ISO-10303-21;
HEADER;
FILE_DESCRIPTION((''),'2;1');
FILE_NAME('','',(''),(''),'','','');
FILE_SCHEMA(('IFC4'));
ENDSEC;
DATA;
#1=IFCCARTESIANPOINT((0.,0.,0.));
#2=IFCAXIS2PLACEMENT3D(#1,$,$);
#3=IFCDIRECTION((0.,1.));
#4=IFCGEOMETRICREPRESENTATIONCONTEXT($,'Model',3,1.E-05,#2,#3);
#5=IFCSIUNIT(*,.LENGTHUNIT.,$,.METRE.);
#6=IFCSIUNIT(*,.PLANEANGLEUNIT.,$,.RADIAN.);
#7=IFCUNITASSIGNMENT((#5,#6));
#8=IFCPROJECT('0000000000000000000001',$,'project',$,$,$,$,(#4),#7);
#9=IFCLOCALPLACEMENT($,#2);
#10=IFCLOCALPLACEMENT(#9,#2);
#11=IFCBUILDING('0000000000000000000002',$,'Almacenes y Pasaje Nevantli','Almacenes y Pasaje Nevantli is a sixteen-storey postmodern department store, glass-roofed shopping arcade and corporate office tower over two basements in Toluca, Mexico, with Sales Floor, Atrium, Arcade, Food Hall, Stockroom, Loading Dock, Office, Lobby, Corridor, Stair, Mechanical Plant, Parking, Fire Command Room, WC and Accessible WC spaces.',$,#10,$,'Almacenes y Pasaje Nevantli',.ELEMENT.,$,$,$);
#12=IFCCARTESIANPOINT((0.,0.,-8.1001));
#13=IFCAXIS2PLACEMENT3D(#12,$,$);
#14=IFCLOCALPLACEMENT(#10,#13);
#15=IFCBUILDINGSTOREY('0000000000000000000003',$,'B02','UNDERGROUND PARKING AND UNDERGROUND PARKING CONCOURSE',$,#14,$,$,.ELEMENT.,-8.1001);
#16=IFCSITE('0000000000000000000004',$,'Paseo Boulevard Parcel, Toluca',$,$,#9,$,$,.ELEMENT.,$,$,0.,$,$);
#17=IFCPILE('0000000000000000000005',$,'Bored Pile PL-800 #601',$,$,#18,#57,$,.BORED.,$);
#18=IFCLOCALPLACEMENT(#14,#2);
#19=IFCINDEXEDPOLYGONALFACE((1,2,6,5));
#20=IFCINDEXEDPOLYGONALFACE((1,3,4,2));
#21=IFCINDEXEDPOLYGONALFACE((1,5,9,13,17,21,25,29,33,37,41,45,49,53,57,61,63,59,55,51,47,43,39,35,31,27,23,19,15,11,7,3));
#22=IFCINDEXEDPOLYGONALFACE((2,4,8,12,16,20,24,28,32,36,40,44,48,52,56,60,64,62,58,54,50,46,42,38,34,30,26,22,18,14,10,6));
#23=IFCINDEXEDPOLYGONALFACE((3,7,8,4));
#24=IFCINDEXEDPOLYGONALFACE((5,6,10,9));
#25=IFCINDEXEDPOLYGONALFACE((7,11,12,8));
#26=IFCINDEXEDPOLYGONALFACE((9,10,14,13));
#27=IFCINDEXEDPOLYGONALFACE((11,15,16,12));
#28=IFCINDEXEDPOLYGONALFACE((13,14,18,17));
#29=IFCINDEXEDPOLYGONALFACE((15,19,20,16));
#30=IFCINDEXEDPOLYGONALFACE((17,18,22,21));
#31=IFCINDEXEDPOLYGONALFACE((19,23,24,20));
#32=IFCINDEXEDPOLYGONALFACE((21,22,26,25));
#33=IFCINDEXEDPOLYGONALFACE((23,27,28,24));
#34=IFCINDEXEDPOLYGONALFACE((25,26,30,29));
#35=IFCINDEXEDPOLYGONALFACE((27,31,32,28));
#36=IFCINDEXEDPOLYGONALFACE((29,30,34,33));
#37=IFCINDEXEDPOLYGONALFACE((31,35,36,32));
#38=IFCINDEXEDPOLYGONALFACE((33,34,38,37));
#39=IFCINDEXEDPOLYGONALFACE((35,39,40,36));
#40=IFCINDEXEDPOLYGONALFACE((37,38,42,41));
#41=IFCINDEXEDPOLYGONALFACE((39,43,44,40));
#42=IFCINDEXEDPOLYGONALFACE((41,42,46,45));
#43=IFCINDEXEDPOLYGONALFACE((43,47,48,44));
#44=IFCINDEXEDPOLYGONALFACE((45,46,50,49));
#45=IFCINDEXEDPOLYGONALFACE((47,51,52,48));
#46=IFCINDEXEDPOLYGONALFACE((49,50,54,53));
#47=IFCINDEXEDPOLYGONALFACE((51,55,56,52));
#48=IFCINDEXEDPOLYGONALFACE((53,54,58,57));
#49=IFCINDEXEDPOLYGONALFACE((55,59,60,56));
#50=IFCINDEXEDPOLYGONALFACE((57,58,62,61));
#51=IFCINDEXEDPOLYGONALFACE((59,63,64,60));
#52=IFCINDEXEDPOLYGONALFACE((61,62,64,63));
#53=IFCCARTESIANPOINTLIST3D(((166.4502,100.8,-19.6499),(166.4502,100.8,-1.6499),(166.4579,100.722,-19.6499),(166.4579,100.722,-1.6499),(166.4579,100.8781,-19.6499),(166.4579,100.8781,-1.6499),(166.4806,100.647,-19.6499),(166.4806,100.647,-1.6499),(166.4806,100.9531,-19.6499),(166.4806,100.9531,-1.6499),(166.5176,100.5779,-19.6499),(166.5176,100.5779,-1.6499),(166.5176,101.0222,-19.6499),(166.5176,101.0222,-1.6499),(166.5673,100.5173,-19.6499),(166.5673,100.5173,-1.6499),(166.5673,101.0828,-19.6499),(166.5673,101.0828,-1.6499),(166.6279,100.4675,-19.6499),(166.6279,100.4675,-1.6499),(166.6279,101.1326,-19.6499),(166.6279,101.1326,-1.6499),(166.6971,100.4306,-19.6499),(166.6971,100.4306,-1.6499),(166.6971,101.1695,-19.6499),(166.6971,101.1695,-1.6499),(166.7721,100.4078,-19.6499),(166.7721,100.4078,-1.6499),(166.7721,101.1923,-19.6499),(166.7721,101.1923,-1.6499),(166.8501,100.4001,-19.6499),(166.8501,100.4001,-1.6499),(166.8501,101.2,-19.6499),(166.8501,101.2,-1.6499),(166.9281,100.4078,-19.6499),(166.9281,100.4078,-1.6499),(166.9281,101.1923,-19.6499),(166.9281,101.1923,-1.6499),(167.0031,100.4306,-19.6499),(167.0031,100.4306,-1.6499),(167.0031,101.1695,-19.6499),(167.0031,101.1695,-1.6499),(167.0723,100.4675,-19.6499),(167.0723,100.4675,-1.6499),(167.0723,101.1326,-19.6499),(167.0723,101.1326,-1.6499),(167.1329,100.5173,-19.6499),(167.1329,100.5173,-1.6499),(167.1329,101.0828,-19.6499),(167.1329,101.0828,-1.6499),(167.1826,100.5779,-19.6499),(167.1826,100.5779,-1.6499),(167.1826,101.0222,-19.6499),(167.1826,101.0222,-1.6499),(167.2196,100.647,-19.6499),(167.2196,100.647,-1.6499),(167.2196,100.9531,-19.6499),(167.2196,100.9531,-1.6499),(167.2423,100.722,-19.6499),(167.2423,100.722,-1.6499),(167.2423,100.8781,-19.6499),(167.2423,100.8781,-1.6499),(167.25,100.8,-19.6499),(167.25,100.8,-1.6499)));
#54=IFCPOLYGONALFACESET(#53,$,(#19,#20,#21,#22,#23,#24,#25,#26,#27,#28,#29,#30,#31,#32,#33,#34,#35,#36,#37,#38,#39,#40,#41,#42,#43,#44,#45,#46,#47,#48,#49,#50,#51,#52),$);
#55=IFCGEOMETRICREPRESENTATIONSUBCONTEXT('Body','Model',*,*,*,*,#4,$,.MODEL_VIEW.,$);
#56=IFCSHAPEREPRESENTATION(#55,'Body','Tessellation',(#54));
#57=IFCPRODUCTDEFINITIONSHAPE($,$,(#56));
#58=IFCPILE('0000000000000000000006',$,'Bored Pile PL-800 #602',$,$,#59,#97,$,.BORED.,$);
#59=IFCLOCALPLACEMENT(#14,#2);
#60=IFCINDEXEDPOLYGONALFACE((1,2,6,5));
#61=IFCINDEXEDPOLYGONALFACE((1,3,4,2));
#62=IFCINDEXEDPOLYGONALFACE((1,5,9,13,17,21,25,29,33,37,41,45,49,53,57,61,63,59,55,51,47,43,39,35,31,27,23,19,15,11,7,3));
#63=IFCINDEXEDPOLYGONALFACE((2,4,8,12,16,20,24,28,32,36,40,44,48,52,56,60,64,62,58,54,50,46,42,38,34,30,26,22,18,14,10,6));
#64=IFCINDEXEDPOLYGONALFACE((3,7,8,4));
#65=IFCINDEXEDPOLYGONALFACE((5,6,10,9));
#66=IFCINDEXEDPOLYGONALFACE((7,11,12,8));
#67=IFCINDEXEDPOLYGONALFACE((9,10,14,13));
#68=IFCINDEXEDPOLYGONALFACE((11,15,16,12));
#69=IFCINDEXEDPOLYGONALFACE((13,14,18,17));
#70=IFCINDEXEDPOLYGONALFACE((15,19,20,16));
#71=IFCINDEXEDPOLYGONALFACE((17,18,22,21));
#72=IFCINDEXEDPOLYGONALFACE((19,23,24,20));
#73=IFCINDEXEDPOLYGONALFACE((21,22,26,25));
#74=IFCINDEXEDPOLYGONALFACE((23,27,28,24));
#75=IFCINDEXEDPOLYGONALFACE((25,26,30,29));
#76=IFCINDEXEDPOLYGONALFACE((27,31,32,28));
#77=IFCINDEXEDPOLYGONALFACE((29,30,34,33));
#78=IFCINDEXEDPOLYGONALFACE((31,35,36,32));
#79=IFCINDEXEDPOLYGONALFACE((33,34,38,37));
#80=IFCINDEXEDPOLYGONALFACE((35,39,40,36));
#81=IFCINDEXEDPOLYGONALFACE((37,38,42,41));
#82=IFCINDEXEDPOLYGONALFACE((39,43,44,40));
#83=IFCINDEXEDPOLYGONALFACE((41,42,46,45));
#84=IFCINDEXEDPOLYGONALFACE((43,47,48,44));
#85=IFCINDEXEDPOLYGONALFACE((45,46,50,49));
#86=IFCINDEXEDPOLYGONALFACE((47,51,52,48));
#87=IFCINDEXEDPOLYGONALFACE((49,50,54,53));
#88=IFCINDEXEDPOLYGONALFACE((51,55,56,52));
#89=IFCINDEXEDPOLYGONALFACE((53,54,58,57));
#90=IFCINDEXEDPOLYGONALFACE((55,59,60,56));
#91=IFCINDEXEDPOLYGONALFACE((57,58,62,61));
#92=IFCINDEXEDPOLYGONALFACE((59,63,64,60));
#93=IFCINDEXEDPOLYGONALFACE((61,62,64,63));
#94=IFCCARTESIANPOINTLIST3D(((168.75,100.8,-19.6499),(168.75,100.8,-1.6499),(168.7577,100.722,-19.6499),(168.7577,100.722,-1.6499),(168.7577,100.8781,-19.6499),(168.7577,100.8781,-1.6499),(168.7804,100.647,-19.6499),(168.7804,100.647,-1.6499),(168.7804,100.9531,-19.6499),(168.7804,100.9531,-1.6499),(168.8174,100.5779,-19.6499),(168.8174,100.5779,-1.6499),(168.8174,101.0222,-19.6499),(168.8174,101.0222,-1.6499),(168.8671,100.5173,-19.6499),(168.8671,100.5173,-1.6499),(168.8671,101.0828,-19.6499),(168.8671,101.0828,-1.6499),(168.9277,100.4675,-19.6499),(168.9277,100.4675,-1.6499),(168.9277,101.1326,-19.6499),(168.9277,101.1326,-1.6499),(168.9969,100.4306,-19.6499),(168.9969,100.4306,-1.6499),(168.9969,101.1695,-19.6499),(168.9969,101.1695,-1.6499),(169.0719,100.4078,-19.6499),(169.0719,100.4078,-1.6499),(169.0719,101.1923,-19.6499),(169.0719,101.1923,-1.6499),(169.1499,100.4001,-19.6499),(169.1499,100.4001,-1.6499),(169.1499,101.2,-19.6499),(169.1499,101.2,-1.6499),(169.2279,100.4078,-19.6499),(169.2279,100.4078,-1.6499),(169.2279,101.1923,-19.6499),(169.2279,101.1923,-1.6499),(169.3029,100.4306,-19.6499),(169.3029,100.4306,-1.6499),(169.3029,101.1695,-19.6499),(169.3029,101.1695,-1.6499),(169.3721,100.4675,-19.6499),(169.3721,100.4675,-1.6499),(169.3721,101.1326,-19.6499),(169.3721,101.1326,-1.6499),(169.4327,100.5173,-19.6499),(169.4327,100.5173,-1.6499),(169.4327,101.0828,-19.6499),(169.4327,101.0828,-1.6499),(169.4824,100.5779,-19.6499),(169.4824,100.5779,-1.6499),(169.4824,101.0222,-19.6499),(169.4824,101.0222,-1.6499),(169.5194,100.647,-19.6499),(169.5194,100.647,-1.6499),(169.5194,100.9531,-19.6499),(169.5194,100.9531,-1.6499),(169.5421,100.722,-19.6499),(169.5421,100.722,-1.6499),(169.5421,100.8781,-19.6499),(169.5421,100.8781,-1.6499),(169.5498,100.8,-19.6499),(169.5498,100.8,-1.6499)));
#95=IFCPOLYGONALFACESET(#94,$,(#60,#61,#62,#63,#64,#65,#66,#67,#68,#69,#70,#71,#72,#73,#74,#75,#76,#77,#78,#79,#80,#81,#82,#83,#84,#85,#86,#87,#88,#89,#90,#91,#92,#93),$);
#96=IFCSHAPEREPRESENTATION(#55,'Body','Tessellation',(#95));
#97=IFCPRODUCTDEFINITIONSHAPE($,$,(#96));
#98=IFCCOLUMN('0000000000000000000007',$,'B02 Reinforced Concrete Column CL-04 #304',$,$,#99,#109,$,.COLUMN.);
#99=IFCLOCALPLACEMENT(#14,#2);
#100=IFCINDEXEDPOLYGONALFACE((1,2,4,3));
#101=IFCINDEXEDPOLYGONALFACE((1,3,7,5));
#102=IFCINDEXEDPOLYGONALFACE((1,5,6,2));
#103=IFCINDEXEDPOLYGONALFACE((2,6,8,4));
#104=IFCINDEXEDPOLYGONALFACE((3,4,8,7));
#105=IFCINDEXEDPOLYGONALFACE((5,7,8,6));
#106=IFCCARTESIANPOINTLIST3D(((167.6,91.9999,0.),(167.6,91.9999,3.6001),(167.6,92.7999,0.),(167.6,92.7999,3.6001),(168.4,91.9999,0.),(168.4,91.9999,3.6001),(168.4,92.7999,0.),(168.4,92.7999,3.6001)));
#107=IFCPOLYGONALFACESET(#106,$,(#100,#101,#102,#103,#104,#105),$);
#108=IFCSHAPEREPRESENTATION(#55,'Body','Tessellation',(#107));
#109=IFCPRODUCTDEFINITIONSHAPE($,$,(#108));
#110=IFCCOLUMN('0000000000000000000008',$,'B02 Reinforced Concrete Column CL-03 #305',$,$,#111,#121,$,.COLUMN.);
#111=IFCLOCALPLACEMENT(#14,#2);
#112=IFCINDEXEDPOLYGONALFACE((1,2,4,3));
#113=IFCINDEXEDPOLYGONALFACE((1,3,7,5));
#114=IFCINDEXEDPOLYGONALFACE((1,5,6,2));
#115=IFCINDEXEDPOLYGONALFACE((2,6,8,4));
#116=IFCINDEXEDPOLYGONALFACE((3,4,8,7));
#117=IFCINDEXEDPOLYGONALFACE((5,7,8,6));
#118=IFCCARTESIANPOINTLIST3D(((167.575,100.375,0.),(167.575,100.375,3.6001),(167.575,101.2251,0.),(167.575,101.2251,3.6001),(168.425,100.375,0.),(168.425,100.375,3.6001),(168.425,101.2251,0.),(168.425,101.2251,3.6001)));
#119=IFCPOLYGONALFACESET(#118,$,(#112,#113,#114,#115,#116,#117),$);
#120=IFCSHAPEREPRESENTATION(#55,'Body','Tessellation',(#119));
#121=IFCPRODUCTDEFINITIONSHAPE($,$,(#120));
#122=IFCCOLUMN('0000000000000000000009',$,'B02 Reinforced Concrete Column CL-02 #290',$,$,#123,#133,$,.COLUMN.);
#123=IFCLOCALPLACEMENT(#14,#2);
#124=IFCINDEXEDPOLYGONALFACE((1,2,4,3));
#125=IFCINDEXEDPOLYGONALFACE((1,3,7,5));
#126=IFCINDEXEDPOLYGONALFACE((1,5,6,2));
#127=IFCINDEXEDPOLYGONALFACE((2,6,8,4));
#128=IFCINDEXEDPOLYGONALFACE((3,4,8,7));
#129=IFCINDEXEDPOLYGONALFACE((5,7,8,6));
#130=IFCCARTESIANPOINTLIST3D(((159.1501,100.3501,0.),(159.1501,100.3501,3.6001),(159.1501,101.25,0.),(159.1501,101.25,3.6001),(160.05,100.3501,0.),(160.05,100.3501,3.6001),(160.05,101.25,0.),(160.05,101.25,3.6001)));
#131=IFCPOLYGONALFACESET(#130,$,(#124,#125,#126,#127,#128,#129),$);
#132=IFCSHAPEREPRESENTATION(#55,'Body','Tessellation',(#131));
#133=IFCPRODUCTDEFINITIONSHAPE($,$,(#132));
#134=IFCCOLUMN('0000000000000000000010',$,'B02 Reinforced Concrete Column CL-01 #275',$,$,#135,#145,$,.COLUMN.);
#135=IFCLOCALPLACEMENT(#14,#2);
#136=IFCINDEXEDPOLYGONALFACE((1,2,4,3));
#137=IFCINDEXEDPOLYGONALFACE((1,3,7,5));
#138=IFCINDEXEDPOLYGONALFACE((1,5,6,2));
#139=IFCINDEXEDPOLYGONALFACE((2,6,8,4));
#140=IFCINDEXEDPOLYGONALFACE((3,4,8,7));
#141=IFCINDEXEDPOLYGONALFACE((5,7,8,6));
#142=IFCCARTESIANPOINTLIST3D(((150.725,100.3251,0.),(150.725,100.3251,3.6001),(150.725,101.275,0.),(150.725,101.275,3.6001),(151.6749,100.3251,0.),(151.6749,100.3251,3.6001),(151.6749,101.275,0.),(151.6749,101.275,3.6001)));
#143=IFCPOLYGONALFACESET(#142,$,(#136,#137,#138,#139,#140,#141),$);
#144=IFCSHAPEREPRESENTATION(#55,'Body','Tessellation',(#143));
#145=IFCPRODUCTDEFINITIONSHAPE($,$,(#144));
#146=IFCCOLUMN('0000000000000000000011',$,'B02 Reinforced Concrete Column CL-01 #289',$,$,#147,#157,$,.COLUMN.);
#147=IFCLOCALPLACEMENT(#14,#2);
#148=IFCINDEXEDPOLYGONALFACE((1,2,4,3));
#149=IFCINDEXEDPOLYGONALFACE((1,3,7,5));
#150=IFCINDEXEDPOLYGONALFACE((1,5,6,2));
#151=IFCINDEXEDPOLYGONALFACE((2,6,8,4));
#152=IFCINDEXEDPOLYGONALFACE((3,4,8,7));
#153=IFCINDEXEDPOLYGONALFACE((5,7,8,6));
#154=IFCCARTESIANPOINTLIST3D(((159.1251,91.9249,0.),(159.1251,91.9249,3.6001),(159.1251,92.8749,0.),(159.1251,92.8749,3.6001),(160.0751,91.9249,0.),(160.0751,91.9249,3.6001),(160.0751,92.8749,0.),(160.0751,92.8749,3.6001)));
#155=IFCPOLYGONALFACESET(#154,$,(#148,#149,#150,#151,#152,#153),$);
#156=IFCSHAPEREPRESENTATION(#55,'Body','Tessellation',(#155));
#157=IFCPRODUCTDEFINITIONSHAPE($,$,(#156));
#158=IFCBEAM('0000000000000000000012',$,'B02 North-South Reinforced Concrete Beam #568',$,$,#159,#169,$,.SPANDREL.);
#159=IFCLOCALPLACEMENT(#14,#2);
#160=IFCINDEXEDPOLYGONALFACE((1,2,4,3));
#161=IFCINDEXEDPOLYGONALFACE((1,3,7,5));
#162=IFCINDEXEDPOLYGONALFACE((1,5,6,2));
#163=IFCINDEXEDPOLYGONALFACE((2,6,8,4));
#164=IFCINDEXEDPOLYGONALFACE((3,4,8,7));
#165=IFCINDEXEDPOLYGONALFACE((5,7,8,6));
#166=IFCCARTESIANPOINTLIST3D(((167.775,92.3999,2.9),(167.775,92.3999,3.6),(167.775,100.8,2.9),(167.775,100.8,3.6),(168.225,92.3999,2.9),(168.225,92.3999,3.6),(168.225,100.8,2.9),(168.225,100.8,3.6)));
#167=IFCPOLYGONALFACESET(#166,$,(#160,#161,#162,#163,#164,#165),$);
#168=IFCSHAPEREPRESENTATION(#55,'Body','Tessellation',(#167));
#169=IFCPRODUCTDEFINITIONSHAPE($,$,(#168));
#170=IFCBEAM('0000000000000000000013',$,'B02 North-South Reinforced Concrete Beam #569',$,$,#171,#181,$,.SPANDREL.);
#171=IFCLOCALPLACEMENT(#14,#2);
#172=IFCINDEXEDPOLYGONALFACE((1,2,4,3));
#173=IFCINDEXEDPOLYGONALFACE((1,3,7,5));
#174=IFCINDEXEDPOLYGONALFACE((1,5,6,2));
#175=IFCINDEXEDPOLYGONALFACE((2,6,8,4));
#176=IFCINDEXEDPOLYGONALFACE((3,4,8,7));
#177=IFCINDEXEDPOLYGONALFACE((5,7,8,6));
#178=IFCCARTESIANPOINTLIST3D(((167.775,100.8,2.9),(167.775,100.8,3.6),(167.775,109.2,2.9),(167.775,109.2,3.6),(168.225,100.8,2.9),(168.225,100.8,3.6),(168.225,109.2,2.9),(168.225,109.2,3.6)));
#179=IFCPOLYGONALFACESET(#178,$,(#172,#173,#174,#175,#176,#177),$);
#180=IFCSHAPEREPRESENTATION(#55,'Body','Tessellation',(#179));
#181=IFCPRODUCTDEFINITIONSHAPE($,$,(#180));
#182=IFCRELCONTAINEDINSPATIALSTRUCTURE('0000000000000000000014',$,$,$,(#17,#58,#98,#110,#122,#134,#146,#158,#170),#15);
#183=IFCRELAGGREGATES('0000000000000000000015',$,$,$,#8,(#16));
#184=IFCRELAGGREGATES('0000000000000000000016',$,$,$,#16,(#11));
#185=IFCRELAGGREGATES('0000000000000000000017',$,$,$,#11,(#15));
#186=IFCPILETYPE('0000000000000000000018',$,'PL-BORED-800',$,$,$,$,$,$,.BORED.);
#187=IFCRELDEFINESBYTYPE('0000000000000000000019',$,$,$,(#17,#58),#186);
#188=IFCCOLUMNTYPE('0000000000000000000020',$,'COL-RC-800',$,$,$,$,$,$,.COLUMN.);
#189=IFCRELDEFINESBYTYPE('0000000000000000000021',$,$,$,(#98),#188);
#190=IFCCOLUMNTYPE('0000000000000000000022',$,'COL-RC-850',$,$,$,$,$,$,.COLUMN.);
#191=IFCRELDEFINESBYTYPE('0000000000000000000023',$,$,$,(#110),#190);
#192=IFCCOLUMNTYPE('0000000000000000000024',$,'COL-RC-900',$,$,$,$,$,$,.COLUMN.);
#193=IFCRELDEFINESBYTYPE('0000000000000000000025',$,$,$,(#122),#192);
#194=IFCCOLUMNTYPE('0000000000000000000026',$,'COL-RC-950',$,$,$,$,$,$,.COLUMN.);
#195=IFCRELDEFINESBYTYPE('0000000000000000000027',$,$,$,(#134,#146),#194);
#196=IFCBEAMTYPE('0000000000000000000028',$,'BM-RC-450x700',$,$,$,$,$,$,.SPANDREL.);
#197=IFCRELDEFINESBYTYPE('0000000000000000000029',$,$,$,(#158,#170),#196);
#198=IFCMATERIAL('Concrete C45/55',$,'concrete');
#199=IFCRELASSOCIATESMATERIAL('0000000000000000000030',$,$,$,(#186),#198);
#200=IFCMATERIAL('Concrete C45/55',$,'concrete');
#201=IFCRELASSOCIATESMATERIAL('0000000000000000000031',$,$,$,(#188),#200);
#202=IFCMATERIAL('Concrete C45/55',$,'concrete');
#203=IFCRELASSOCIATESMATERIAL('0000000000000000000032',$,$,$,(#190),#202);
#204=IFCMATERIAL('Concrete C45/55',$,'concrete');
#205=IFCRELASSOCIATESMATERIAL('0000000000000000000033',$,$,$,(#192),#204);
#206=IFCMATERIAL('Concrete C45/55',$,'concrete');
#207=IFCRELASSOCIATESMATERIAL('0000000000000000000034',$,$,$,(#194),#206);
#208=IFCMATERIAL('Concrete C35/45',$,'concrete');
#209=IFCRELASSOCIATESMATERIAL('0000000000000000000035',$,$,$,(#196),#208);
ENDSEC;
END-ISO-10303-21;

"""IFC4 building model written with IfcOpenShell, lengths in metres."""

from ifc_helpers import new_model, si_unit, direction, frame, origin, origin_2d, place, context, subcontext, project, spatial, rectangle, circle, extrude, material, material_profile, profile_set, type_object, element, save


model = new_model("IFC4")

# Units and contexts
model_context = context("Model", 3, precision=1e-05, world=origin(), true_north=direction((0.0, 1.0)))
body_context = subcontext(model_context, "Body", "Model", "MODEL_VIEW")
ifc_project = project(units=[si_unit("LENGTHUNIT", "METRE"), si_unit("PLANEANGLEUNIT", "RADIAN")], contexts=[model_context])

# Site, building, storey
site_placement = place(None, origin())
site = spatial("IfcSite", under=ifc_project, at=site_placement, Name="Paseo Boulevard Parcel, Toluca", CompositionType="ELEMENT", RefElevation=0.0)
building_placement = place(site_placement, origin())
building = spatial("IfcBuilding", under=site, at=building_placement, Name="Almacenes y Pasaje Nevantli", Description="Almacenes y Pasaje Nevantli is a sixteen-storey postmodern department store, glass-roofed shopping arcade and corporate office tower over two basements in Toluca, Mexico, with Sales Floor, Atrium, Arcade, Food Hall, Stockroom, Loading Dock, Office, Lobby, Corridor, Stair, Mechanical Plant, Parking, Fire Command Room, WC and Accessible WC spaces.", LongName="Almacenes y Pasaje Nevantli", CompositionType="ELEMENT")
storey_placement = place(building_placement, frame((0.0, 0.0, -8.1001)))
storey = spatial("IfcBuildingStorey", under=building, at=storey_placement, Name="B02", Description="UNDERGROUND PARKING AND UNDERGROUND PARKING CONCOURSE", CompositionType="ELEMENT", Elevation=-8.1001)

# Piles
ifc_material_1 = material(Name="Concrete C45/55", Category="concrete")
ifc_material_profile_1 = material_profile(ifc_material_1, circle(Radius=0.3999, at=origin_2d()), Name="RC-PILE-D800")
ifc_profile_set_1 = profile_set([ifc_material_profile_1], Name="Concrete C45/55")
pile_type_1 = type_object("IfcPileType", Name="PL-BORED-800", PredefinedType="BORED", material=ifc_profile_set_1)
for number, where, z_axis, x_axis, name in (
    (1, (166.8501, 100.8, -1.6499), (0.0, 0.0, -1.0), (1.0, 0.0, 0.0), "Bored Pile PL-800 #601"),
    (2, (169.1499, 100.8, -1.6499), (0.0, 0.0, -1.0), (1.0, 0.0, 0.0), "Bored Pile PL-800 #602"),
):
    element("IfcPile", number, at=place(storey_placement, frame(where, z_axis=z_axis, x_axis=x_axis)), inside=storey, type_object=pile_type_1, Name=name, PredefinedType="BORED", context=body_context, shape_type="SweptSolid", body=[
        extrude(circle(Radius=0.3999, at=origin_2d()), origin(), (0.0, 0.0, 1.0), 18.0),
    ])

# Columns
ifc_material_2 = material(Name="Concrete C45/55", Category="concrete")
ifc_material_profile_2 = material_profile(ifc_material_2, rectangle(XDim=0.8, YDim=0.8, at=origin_2d()), Name="RC-COL-800x800")
ifc_profile_set_2 = profile_set([ifc_material_profile_2], Name="Concrete C45/55")
column_type_1 = type_object("IfcColumnType", Name="COL-RC-800", PredefinedType="COLUMN", material=ifc_profile_set_2)
column_1_placement = place(storey_placement, frame((168.0, 92.3999, 0.0), z_axis=(0.0, 0.0, 1.0), x_axis=(1.0, 0.0, 0.0)))
element("IfcColumn", 3, at=column_1_placement, inside=storey, type_object=column_type_1, Name="B02 Reinforced Concrete Column CL-04 #304", PredefinedType="COLUMN", context=body_context, shape_type="SweptSolid", body=[
    extrude(rectangle(XDim=0.8, YDim=0.8, at=origin_2d()), origin(), (0.0, 0.0, 1.0), 3.6001),
])
ifc_material_3 = material(Name="Concrete C45/55", Category="concrete")
ifc_material_profile_3 = material_profile(ifc_material_3, rectangle(XDim=0.8501, YDim=0.8501, at=origin_2d()), Name="RC-COL-850x850")
ifc_profile_set_3 = profile_set([ifc_material_profile_3], Name="Concrete C45/55")
column_type_2 = type_object("IfcColumnType", Name="COL-RC-850", PredefinedType="COLUMN", material=ifc_profile_set_3)
column_2_placement = place(storey_placement, frame((168.0, 100.8, 0.0), z_axis=(0.0, 0.0, 1.0), x_axis=(1.0, 0.0, 0.0)))
element("IfcColumn", 4, at=column_2_placement, inside=storey, type_object=column_type_2, Name="B02 Reinforced Concrete Column CL-03 #305", PredefinedType="COLUMN", context=body_context, shape_type="SweptSolid", body=[
    extrude(rectangle(XDim=0.8501, YDim=0.8501, at=origin_2d()), origin(), (0.0, 0.0, 1.0), 3.6001),
])
ifc_material_4 = material(Name="Concrete C45/55", Category="concrete")
ifc_material_profile_4 = material_profile(ifc_material_4, rectangle(XDim=0.8999, YDim=0.8999, at=origin_2d()), Name="RC-COL-900x900")
ifc_profile_set_4 = profile_set([ifc_material_profile_4], Name="Concrete C45/55")
column_type_3 = type_object("IfcColumnType", Name="COL-RC-900", PredefinedType="COLUMN", material=ifc_profile_set_4)
column_3_placement = place(storey_placement, frame((159.6001, 100.8, 0.0), z_axis=(0.0, 0.0, 1.0), x_axis=(1.0, 0.0, 0.0)))
element("IfcColumn", 5, at=column_3_placement, inside=storey, type_object=column_type_3, Name="B02 Reinforced Concrete Column CL-02 #290", PredefinedType="COLUMN", context=body_context, shape_type="SweptSolid", body=[
    extrude(rectangle(XDim=0.8999, YDim=0.8999, at=origin_2d()), origin(), (0.0, 0.0, 1.0), 3.6001),
])
ifc_material_5 = material(Name="Concrete C45/55", Category="concrete")
ifc_material_profile_5 = material_profile(ifc_material_5, rectangle(XDim=0.95, YDim=0.95, at=origin_2d()), Name="RC-COL-950x950")
ifc_profile_set_5 = profile_set([ifc_material_profile_5], Name="Concrete C45/55")
column_type_4 = type_object("IfcColumnType", Name="COL-RC-950", PredefinedType="COLUMN", material=ifc_profile_set_5)
for number, where, z_axis, x_axis, name in (
    (6, (151.2, 100.8, 0.0), (0.0, 0.0, 1.0), (1.0, 0.0, 0.0), "B02 Reinforced Concrete Column CL-01 #275"),
    (7, (159.6001, 92.3999, 0.0), (0.0, 0.0, 1.0), (1.0, 0.0, 0.0), "B02 Reinforced Concrete Column CL-01 #289"),
):
    element("IfcColumn", number, at=place(storey_placement, frame(where, z_axis=z_axis, x_axis=x_axis)), inside=storey, type_object=column_type_4, Name=name, PredefinedType="COLUMN", context=body_context, shape_type="SweptSolid", body=[
        extrude(rectangle(XDim=0.95, YDim=0.95, at=origin_2d()), origin(), (0.0, 0.0, 1.0), 3.6001),
    ])

# Beams
ifc_material_6 = material(Name="Concrete C35/45", Category="concrete")
ifc_material_profile_6 = material_profile(ifc_material_6, rectangle(XDim=0.45, YDim=0.7, at=origin_2d()), Name="RC-BM-450x700")
ifc_profile_set_6 = profile_set([ifc_material_profile_6], Name="Concrete C35/45")
beam_type_1 = type_object("IfcBeamType", Name="BM-RC-450x700", PredefinedType="SPANDREL", material=ifc_profile_set_6)
beam_1_placement = place(storey_placement, frame((168.0, 92.3999, 3.25), z_axis=(0.0, 1.0, 0.0), x_axis=(-1.0, 0.0, 0.0)))
element("IfcBeam", 8, at=beam_1_placement, inside=storey, type_object=beam_type_1, Name="B02 North-South Reinforced Concrete Beam #568", PredefinedType="SPANDREL", context=body_context, shape_type="SweptSolid", body=[
    extrude(rectangle(XDim=0.45, YDim=0.7, at=origin_2d()), origin(), (0.0, 0.0, 1.0), 8.4001),
])
beam_2_placement = place(storey_placement, frame((168.0, 100.8, 3.25), z_axis=(0.0, 1.0, 0.0), x_axis=(-1.0, 0.0, 0.0)))
element("IfcBeam", 9, at=beam_2_placement, inside=storey, type_object=beam_type_1, Name="B02 North-South Reinforced Concrete Beam #569", PredefinedType="SPANDREL", context=body_context, shape_type="SweptSolid", body=[
    extrude(rectangle(XDim=0.45, YDim=0.7, at=origin_2d()), origin(), (0.0, 0.0, 1.0), 8.3999),
])

save(model, "model.ifc")
